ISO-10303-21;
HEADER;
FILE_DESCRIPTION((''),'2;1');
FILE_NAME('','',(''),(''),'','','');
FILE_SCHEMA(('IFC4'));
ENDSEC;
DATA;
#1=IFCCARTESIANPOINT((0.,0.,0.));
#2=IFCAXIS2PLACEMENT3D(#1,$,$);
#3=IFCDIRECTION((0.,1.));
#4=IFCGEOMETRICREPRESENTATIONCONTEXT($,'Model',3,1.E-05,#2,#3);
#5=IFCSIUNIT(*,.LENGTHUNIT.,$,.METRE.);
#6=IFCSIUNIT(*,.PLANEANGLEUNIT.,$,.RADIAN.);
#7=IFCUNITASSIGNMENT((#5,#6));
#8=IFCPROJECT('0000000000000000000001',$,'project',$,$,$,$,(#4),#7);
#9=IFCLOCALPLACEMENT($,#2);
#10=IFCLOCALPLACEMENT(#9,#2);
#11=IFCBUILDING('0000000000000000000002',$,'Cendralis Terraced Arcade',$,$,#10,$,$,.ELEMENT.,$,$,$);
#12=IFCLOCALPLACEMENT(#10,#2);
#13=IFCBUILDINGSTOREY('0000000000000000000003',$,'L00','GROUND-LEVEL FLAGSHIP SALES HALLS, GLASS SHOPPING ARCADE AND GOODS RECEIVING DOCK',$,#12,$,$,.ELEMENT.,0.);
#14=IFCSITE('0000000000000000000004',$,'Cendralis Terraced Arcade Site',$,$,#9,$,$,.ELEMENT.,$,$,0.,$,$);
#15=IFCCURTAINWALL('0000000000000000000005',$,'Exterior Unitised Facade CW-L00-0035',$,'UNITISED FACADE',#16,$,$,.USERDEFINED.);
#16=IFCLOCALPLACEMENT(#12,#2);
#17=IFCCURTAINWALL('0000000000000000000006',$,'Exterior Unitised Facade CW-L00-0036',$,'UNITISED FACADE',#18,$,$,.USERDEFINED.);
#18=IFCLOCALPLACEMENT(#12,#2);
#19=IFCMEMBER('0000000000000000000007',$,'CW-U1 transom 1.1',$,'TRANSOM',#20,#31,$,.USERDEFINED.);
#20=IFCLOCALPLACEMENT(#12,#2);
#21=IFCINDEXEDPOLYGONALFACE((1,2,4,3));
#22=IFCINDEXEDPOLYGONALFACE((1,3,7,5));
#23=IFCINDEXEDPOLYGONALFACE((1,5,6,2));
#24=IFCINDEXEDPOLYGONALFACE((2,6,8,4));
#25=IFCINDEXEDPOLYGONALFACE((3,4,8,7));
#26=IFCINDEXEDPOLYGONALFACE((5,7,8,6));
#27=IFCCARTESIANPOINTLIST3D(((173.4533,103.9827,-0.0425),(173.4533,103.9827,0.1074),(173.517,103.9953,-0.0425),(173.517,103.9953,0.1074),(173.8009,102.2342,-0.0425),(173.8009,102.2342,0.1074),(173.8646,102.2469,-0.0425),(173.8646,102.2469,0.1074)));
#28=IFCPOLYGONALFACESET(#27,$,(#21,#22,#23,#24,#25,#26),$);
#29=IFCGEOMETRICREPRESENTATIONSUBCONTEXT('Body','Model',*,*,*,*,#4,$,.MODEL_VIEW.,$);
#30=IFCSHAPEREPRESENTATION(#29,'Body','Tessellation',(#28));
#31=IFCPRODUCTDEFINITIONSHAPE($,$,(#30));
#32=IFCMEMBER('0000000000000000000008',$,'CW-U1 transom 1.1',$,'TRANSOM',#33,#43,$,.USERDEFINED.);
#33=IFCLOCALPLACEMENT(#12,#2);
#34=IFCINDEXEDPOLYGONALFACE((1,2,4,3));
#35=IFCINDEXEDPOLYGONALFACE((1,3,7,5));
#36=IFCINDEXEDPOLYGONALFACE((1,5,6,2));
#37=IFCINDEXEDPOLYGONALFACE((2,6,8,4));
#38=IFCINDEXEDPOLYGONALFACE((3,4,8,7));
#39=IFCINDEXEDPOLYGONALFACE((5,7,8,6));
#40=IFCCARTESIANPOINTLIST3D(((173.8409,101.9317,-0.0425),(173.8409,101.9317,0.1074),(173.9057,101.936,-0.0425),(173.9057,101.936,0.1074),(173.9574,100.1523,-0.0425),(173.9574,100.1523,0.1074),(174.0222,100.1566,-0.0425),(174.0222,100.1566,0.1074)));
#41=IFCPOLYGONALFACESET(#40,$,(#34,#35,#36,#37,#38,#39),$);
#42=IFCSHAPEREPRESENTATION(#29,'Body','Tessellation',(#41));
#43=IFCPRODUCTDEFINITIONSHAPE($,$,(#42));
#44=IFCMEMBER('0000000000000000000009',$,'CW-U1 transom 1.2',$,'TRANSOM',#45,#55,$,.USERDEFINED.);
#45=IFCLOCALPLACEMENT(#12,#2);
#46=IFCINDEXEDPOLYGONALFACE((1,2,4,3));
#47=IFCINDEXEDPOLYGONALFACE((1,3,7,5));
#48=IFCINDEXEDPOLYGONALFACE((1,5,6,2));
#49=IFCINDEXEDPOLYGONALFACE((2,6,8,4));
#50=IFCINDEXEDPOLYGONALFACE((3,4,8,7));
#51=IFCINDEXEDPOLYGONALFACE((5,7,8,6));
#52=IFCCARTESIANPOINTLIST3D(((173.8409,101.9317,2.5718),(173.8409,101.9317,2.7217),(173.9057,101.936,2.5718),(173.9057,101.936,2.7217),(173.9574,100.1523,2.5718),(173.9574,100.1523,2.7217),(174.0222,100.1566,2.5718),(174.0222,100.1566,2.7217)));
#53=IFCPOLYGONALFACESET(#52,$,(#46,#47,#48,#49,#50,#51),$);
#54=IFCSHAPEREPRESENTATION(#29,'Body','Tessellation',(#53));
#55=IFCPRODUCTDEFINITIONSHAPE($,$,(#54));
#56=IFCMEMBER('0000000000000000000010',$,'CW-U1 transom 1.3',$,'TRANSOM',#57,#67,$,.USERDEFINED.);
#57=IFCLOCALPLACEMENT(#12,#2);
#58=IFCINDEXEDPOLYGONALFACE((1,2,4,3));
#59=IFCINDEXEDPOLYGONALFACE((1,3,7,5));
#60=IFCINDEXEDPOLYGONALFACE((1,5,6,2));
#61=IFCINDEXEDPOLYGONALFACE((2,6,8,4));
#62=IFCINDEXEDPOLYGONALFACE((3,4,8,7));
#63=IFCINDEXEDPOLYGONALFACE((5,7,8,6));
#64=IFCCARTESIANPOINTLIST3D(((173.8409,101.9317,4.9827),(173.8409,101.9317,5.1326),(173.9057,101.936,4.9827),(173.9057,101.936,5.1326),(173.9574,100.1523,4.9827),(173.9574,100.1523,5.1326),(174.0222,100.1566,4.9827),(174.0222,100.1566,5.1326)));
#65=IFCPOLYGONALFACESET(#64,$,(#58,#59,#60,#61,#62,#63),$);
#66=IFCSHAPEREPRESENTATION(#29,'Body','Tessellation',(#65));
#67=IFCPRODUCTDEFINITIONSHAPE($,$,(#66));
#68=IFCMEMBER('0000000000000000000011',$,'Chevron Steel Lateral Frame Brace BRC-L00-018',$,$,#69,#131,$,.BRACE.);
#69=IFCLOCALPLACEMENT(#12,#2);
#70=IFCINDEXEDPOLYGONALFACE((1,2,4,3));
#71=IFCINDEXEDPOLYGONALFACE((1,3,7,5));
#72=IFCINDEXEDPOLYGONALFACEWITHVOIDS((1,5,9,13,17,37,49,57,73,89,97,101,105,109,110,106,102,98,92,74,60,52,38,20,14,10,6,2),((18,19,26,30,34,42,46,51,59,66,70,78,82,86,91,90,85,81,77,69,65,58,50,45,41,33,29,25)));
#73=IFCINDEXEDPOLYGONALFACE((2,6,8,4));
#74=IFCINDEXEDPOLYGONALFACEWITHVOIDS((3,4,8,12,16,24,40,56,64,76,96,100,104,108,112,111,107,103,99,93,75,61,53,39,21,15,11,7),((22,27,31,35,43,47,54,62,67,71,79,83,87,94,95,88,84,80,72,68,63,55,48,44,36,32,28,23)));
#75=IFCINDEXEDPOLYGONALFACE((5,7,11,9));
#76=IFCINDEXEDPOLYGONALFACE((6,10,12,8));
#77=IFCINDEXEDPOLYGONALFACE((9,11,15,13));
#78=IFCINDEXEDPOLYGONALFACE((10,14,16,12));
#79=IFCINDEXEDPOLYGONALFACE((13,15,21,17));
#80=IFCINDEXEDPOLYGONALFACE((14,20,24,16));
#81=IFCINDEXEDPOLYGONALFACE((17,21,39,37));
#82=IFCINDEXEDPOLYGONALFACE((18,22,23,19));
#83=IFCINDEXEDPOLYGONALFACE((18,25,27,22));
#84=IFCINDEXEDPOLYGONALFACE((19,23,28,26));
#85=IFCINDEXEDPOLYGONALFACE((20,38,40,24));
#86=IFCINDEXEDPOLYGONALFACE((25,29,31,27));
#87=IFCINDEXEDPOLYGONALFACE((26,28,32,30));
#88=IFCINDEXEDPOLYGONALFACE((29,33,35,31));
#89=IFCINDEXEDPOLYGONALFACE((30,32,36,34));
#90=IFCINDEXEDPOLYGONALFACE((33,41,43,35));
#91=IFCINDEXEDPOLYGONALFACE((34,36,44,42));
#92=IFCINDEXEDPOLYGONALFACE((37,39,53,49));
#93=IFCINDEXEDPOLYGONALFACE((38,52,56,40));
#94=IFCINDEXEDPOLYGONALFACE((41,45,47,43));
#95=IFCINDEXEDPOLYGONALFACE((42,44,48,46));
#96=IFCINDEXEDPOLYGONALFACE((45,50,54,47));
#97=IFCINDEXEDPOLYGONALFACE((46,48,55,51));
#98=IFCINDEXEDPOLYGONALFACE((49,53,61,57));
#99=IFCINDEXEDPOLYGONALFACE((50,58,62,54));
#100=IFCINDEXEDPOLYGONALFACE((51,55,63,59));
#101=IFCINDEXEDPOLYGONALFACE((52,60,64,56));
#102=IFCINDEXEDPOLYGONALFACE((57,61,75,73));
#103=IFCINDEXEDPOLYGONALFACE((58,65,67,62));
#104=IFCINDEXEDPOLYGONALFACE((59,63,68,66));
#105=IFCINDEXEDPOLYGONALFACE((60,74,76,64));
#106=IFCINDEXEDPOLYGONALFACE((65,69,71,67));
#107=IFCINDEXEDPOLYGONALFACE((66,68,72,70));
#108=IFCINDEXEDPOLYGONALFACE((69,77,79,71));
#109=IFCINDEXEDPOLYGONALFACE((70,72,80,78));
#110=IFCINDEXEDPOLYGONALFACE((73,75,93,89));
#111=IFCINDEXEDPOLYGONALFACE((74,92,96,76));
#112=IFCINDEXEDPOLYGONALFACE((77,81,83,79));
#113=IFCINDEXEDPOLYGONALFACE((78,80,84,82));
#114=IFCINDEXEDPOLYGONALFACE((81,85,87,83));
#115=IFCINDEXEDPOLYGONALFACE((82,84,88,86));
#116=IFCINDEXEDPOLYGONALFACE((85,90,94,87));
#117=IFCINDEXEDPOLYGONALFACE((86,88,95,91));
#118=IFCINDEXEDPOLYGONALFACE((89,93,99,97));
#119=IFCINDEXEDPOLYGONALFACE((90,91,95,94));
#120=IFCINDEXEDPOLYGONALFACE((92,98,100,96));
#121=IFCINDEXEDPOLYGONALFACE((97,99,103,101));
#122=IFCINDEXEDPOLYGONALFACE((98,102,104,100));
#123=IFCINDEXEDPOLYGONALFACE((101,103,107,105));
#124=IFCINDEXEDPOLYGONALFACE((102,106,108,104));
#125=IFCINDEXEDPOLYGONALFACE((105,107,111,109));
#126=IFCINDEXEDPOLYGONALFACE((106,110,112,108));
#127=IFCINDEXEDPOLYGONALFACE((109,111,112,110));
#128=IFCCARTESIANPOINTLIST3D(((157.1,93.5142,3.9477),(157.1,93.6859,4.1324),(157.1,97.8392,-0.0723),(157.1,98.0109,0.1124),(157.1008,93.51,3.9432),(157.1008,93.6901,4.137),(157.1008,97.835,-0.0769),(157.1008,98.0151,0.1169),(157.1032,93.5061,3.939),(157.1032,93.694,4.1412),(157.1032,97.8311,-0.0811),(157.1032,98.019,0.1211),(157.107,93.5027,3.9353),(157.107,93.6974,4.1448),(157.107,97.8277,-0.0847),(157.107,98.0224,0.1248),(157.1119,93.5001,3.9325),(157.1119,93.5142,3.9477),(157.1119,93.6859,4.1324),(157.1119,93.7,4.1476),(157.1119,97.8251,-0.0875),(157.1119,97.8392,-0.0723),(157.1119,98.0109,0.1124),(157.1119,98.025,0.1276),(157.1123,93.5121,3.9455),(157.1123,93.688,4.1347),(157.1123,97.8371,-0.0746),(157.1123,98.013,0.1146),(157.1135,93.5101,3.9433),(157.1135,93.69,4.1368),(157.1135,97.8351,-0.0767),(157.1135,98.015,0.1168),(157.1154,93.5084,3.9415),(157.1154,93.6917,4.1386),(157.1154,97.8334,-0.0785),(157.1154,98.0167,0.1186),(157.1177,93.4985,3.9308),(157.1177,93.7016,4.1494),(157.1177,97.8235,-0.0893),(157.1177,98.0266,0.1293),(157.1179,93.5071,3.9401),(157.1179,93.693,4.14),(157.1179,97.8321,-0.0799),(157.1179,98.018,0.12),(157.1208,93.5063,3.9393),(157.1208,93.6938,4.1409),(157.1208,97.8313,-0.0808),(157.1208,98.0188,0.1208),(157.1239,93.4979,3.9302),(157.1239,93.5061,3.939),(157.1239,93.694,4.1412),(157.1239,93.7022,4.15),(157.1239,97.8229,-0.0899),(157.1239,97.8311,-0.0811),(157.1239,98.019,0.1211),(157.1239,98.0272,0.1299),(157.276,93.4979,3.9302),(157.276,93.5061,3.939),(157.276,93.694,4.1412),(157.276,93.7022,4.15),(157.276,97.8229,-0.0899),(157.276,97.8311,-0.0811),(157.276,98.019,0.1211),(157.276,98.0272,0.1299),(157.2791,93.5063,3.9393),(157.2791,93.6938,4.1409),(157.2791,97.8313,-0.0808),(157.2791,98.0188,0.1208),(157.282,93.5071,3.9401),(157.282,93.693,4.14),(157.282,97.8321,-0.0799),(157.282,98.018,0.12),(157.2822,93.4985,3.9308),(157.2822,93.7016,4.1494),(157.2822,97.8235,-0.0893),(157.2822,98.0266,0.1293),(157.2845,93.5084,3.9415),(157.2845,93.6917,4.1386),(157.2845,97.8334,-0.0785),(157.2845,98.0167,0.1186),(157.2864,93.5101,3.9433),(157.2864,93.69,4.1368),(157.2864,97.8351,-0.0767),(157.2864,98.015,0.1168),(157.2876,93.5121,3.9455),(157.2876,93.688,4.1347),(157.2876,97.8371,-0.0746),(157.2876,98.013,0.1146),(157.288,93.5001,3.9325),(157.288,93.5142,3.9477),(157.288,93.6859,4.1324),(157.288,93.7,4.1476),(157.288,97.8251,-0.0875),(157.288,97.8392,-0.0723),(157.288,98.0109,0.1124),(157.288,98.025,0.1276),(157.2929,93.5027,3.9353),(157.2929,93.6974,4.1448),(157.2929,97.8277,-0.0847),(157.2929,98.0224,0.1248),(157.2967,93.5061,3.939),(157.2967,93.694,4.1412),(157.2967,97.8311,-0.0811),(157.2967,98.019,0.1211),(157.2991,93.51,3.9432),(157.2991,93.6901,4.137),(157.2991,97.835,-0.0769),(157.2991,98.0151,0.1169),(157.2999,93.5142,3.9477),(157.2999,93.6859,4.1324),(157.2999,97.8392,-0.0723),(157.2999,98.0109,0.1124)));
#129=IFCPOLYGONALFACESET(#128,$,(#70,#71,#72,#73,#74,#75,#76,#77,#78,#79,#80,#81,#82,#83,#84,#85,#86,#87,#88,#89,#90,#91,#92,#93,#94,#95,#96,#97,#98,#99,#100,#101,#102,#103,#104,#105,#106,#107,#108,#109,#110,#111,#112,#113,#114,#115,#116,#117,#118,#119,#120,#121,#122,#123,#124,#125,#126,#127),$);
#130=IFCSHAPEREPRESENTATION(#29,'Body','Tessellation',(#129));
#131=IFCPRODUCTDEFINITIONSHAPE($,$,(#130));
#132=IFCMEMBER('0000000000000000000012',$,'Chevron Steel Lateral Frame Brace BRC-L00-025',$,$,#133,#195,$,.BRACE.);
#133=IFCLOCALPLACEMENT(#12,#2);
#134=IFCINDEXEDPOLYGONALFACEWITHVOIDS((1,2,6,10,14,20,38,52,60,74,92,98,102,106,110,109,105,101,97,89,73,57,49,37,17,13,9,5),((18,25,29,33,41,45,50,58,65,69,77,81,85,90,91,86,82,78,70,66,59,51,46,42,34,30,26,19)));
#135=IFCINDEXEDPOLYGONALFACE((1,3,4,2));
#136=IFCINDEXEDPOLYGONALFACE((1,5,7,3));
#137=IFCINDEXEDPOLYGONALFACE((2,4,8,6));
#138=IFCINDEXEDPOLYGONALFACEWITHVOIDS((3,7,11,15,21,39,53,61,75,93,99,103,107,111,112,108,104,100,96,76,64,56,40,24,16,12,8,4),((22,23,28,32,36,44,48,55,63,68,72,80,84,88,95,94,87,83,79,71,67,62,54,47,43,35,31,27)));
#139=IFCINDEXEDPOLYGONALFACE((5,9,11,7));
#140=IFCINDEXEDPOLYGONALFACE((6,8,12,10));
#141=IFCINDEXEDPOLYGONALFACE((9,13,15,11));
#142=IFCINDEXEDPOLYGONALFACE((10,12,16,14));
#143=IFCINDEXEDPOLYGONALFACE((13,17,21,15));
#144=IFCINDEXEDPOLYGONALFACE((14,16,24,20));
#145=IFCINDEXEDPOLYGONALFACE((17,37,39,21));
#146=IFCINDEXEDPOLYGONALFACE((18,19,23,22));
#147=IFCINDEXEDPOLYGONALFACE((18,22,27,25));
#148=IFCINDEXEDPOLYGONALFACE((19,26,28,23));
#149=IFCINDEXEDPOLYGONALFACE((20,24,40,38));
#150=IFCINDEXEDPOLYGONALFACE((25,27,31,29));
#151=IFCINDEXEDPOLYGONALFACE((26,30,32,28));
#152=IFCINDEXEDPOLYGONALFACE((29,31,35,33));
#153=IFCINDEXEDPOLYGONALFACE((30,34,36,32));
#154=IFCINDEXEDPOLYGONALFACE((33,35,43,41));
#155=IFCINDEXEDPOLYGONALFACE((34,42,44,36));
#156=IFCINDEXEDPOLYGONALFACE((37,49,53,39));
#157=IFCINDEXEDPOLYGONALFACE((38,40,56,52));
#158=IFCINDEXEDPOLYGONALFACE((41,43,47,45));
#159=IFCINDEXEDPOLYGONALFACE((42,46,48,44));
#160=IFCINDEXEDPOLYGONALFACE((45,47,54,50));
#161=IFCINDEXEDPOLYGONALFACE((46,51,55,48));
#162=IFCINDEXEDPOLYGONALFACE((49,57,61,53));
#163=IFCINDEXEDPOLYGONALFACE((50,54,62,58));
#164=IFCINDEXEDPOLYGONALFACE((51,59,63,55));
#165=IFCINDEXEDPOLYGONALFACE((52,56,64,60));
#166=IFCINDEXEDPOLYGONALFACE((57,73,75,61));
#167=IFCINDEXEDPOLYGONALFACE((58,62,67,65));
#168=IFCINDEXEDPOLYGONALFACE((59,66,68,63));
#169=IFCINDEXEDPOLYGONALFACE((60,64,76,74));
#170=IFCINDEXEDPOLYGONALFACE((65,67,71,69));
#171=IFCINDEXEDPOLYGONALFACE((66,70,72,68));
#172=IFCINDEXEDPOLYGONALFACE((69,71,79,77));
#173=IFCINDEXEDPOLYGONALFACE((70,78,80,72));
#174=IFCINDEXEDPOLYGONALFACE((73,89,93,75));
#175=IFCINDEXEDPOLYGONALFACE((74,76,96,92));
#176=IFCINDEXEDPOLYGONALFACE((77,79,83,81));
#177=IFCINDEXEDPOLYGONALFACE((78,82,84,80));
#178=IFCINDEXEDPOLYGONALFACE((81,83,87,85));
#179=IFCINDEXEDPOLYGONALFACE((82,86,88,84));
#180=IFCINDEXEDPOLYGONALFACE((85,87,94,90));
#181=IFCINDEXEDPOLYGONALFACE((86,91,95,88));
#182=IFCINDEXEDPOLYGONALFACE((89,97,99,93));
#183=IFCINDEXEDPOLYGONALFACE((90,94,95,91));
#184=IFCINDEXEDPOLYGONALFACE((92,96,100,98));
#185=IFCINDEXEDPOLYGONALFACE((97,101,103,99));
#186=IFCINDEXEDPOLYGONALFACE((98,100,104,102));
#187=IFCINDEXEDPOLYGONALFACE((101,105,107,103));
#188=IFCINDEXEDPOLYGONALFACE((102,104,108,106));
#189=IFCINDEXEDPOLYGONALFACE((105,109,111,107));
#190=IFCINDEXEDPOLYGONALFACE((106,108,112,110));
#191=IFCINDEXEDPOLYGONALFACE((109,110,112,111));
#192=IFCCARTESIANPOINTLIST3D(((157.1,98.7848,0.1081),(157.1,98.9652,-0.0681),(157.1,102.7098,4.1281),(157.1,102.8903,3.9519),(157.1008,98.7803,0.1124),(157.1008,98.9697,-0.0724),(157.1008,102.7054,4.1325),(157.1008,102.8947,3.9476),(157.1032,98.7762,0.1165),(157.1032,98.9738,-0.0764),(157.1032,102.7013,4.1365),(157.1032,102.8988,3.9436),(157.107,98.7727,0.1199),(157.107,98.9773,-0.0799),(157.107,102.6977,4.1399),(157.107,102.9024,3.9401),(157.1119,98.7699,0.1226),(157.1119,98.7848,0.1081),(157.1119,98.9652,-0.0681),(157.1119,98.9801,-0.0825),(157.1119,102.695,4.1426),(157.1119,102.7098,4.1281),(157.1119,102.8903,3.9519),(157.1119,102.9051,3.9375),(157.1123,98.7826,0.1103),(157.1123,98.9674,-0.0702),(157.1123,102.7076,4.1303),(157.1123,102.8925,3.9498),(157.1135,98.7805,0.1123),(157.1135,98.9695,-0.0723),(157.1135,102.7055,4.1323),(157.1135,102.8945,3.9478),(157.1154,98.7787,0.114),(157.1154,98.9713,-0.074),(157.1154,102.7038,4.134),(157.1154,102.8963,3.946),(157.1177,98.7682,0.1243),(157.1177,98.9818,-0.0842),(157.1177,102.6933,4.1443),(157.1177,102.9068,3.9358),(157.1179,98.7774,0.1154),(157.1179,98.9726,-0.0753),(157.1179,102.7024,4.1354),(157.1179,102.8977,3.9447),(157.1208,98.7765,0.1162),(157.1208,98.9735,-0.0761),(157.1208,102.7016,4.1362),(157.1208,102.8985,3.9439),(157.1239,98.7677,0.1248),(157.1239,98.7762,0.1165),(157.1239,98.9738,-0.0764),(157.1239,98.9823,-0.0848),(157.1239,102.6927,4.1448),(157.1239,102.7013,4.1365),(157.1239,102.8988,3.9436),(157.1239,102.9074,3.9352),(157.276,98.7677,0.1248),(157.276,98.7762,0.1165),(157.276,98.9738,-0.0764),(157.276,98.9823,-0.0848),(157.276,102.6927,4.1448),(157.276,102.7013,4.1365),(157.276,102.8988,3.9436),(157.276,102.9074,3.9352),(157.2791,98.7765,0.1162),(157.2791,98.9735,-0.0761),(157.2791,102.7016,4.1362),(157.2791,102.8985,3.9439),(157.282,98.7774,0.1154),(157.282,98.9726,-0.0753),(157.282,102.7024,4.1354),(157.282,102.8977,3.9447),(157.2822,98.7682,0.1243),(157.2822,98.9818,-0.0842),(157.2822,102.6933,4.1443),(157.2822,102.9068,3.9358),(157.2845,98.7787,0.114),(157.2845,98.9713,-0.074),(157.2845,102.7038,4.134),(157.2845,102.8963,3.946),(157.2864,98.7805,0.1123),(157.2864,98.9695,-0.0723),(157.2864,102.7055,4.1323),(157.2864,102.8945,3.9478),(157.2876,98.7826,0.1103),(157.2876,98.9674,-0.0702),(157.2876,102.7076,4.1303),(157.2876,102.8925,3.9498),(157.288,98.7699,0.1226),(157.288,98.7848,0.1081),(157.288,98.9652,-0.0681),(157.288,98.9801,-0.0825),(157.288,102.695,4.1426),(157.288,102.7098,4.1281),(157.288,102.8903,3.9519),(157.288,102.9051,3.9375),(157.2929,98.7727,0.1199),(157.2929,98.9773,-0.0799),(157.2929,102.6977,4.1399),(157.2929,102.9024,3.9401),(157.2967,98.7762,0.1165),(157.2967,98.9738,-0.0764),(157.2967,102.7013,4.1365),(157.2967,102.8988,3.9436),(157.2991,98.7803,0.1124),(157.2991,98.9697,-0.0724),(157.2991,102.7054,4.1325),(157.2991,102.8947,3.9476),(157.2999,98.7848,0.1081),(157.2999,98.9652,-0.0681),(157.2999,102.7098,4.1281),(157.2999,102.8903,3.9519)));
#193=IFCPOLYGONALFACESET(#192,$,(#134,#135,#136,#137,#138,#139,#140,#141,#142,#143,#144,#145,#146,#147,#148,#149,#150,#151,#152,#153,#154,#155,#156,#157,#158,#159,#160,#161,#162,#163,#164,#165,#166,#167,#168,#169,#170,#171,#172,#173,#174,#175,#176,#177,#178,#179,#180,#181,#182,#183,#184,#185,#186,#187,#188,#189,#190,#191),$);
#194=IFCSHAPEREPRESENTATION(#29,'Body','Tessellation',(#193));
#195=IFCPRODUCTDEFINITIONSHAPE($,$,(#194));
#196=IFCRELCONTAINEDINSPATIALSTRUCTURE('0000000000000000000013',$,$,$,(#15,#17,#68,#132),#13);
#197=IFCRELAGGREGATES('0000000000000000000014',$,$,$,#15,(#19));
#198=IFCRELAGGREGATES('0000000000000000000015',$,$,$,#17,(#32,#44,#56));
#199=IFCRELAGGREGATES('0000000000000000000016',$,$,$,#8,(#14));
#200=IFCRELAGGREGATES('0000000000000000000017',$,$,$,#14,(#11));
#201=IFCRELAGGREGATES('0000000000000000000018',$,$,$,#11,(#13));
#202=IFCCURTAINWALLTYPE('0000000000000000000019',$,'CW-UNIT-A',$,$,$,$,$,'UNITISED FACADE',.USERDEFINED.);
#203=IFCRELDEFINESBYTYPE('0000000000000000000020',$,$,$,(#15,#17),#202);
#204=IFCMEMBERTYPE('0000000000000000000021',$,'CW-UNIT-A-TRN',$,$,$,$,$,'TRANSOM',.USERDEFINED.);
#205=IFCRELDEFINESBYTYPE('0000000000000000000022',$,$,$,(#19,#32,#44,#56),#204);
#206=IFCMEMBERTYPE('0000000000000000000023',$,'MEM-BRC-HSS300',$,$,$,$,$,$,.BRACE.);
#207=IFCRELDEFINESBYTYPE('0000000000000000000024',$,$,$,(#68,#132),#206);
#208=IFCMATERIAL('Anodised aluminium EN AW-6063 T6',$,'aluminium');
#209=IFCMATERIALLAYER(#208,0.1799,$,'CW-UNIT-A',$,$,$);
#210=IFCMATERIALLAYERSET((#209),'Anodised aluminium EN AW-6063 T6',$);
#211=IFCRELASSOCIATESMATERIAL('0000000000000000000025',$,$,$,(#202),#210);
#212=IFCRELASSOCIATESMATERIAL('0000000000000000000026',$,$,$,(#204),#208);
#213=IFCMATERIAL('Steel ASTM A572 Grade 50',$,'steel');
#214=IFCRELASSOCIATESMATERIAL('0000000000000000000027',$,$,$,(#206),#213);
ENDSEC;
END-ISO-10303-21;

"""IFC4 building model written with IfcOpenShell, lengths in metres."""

from ifc_helpers import new_model, si_unit, direction, frame, origin, origin_2d, place, context, subcontext, project, spatial, rectangle, hollow_rectangle, extrude, material, layer, layer_set, material_profile, profile_set, type_object, element, aggregate, save


model = new_model("IFC4")

# Units and contexts
model_context = context("Model", 3, precision=1e-05, world=origin(), true_north=direction((0.0, 1.0)))
body_context = subcontext(model_context, "Body", "Model", "MODEL_VIEW")
ifc_project = project(units=[si_unit("LENGTHUNIT", "METRE"), si_unit("PLANEANGLEUNIT", "RADIAN")], contexts=[model_context])

# Site, building, storey
site_placement = place(None, origin())
site = spatial("IfcSite", under=ifc_project, at=site_placement, Name="Cendralis Terraced Arcade Site", CompositionType="ELEMENT", RefElevation=0.0)
building_placement = place(site_placement, origin())
building = spatial("IfcBuilding", under=site, at=building_placement, Name="Cendralis Terraced Arcade", CompositionType="ELEMENT")
storey_placement = place(building_placement, origin())
storey = spatial("IfcBuildingStorey", under=building, at=storey_placement, Name="L00", Description="GROUND-LEVEL FLAGSHIP SALES HALLS, GLASS SHOPPING ARCADE AND GOODS RECEIVING DOCK", CompositionType="ELEMENT", Elevation=0.0)

# Curtain wall
ifc_material_1 = material(Name="Anodised aluminium EN AW-6063 T6", Category="aluminium")
ifc_layer_1 = layer(ifc_material_1, 0.1799, Name="CW-UNIT-A")
ifc_layer_set_1 = layer_set([ifc_layer_1], Name="Anodised aluminium EN AW-6063 T6")
curtain_wall_type = type_object("IfcCurtainWallType", Name="CW-UNIT-A", ElementType="UNITISED FACADE", PredefinedType="USERDEFINED", material=ifc_layer_set_1)
curtain_wall_1_placement = place(storey_placement, origin())
curtain_wall_1 = element("IfcCurtainWall", 1, at=curtain_wall_1_placement, inside=storey, type_object=curtain_wall_type, Name="Exterior Unitised Facade CW-L00-0035", ObjectType="UNITISED FACADE", PredefinedType="USERDEFINED")

# Curtain wall
curtain_wall_2_placement = place(storey_placement, origin())
curtain_wall_2 = element("IfcCurtainWall", 2, at=curtain_wall_2_placement, inside=storey, type_object=curtain_wall_type, Name="Exterior Unitised Facade CW-L00-0036", ObjectType="UNITISED FACADE", PredefinedType="USERDEFINED")

# Members
ifc_material_profile_1 = material_profile(ifc_material_1, rectangle(XDim=0.0649, YDim=0.1499, at=origin_2d()), Name="ALU-TRN-65x150")
ifc_profile_set_1 = profile_set([ifc_material_profile_1], Name="Anodised aluminium EN AW-6063 T6")
member_type_1 = type_object("IfcMemberType", Name="CW-UNIT-A-TRN", ElementType="TRANSOM", PredefinedType="USERDEFINED", material=ifc_profile_set_1)
member_1_placement = place(storey_placement, frame((173.4851, 103.989, 0.0325), z_axis=(0.19501, -0.980801, 0.0), x_axis=(0.980801, 0.19501, 0.0)))
member_1 = element("IfcMember", 3, at=member_1_placement, type_object=member_type_1, Name="CW-U1 transom 1.1", ObjectType="TRANSOM", PredefinedType="USERDEFINED", context=body_context, shape_type="SweptSolid", body=[
    extrude(rectangle(XDim=0.0649, YDim=0.1499, at=origin_2d()), origin(), (0.0, 0.0, 1.0), 1.7827),
])
member_2_placement = place(storey_placement, frame((173.8733, 101.9338, 0.0325), z_axis=(0.06531, -0.997865, 0.0), x_axis=(0.997865, 0.06531, 0.0)))
member_2 = element("IfcMember", 4, at=member_2_placement, type_object=member_type_1, Name="CW-U1 transom 1.1", ObjectType="TRANSOM", PredefinedType="USERDEFINED", context=body_context, shape_type="SweptSolid", body=[
    extrude(rectangle(XDim=0.0649, YDim=0.1499, at=origin_2d()), origin(), (0.0, 0.0, 1.0), 1.7832),
])
member_3_placement = place(storey_placement, frame((173.8733, 101.9338, 2.6467), z_axis=(0.06531, -0.997865, 0.0), x_axis=(0.997865, 0.06531, 0.0)))
member_3 = element("IfcMember", 5, at=member_3_placement, type_object=member_type_1, Name="CW-U1 transom 1.2", ObjectType="TRANSOM", PredefinedType="USERDEFINED", context=body_context, shape_type="SweptSolid", body=[
    extrude(rectangle(XDim=0.0649, YDim=0.1499, at=origin_2d()), origin(), (0.0, 0.0, 1.0), 1.7832),
])
member_4_placement = place(storey_placement, frame((173.8733, 101.9338, 5.0576), z_axis=(0.06531, -0.997865, 0.0), x_axis=(0.997865, 0.06531, 0.0)))
member_4 = element("IfcMember", 6, at=member_4_placement, type_object=member_type_1, Name="CW-U1 transom 1.3", ObjectType="TRANSOM", PredefinedType="USERDEFINED", context=body_context, shape_type="SweptSolid", body=[
    extrude(rectangle(XDim=0.0649, YDim=0.1499, at=origin_2d()), origin(), (0.0, 0.0, 1.0), 1.7832),
])

# Members
ifc_material_2 = material(Name="Steel ASTM A572 Grade 50", Category="steel")
ifc_material_profile_2 = material_profile(ifc_material_2, hollow_rectangle(XDim=0.2, YDim=0.3, WallThickness=0.012, InnerFilletRadius=0.012, OuterFilletRadius=0.0239, at=origin_2d()), Name="HSS300X200X12", Category="LoadBearing")
ifc_profile_set_2 = profile_set([ifc_material_profile_2], Name="Steel ASTM A572 Grade 50")
member_type_2 = type_object("IfcMemberType", Name="MEM-BRC-HSS300", PredefinedType="BRACE", material=ifc_profile_set_2)
member_5_placement = place(storey_placement, frame((157.2, 97.925, 0.02), z_axis=(0.0, -0.732456, 0.680814), x_axis=(1.0, 0.0, 0.0)))
element("IfcMember", 7, at=member_5_placement, inside=storey, type_object=member_type_2, Name="Chevron Steel Lateral Frame Brace BRC-L00-018", PredefinedType="BRACE", context=body_context, shape_type="SweptSolid", body=[
    extrude(hollow_rectangle(XDim=0.2, YDim=0.3, WallThickness=0.012, InnerFilletRadius=0.012, OuterFilletRadius=0.0239, at=origin_2d()), origin(), (0.0, 0.0, 1.0), 5.9048),
])
member_6_placement = place(storey_placement, frame((157.2, 98.875, 0.02), z_axis=(0.0, 0.698605, 0.715508), x_axis=(-1.0, 0.0, 0.0)))
element("IfcMember", 8, at=member_6_placement, inside=storey, type_object=member_type_2, Name="Chevron Steel Lateral Frame Brace BRC-L00-025", PredefinedType="BRACE", context=body_context, shape_type="SweptSolid", body=[
    extrude(hollow_rectangle(XDim=0.2, YDim=0.3, WallThickness=0.012, InnerFilletRadius=0.012, OuterFilletRadius=0.0239, at=origin_2d()), origin(), (0.0, 0.0, 1.0), 5.6184),
])

aggregate(curtain_wall_1, [member_1])
aggregate(curtain_wall_2, [member_2, member_3, member_4])

save(model, "model.ifc")
